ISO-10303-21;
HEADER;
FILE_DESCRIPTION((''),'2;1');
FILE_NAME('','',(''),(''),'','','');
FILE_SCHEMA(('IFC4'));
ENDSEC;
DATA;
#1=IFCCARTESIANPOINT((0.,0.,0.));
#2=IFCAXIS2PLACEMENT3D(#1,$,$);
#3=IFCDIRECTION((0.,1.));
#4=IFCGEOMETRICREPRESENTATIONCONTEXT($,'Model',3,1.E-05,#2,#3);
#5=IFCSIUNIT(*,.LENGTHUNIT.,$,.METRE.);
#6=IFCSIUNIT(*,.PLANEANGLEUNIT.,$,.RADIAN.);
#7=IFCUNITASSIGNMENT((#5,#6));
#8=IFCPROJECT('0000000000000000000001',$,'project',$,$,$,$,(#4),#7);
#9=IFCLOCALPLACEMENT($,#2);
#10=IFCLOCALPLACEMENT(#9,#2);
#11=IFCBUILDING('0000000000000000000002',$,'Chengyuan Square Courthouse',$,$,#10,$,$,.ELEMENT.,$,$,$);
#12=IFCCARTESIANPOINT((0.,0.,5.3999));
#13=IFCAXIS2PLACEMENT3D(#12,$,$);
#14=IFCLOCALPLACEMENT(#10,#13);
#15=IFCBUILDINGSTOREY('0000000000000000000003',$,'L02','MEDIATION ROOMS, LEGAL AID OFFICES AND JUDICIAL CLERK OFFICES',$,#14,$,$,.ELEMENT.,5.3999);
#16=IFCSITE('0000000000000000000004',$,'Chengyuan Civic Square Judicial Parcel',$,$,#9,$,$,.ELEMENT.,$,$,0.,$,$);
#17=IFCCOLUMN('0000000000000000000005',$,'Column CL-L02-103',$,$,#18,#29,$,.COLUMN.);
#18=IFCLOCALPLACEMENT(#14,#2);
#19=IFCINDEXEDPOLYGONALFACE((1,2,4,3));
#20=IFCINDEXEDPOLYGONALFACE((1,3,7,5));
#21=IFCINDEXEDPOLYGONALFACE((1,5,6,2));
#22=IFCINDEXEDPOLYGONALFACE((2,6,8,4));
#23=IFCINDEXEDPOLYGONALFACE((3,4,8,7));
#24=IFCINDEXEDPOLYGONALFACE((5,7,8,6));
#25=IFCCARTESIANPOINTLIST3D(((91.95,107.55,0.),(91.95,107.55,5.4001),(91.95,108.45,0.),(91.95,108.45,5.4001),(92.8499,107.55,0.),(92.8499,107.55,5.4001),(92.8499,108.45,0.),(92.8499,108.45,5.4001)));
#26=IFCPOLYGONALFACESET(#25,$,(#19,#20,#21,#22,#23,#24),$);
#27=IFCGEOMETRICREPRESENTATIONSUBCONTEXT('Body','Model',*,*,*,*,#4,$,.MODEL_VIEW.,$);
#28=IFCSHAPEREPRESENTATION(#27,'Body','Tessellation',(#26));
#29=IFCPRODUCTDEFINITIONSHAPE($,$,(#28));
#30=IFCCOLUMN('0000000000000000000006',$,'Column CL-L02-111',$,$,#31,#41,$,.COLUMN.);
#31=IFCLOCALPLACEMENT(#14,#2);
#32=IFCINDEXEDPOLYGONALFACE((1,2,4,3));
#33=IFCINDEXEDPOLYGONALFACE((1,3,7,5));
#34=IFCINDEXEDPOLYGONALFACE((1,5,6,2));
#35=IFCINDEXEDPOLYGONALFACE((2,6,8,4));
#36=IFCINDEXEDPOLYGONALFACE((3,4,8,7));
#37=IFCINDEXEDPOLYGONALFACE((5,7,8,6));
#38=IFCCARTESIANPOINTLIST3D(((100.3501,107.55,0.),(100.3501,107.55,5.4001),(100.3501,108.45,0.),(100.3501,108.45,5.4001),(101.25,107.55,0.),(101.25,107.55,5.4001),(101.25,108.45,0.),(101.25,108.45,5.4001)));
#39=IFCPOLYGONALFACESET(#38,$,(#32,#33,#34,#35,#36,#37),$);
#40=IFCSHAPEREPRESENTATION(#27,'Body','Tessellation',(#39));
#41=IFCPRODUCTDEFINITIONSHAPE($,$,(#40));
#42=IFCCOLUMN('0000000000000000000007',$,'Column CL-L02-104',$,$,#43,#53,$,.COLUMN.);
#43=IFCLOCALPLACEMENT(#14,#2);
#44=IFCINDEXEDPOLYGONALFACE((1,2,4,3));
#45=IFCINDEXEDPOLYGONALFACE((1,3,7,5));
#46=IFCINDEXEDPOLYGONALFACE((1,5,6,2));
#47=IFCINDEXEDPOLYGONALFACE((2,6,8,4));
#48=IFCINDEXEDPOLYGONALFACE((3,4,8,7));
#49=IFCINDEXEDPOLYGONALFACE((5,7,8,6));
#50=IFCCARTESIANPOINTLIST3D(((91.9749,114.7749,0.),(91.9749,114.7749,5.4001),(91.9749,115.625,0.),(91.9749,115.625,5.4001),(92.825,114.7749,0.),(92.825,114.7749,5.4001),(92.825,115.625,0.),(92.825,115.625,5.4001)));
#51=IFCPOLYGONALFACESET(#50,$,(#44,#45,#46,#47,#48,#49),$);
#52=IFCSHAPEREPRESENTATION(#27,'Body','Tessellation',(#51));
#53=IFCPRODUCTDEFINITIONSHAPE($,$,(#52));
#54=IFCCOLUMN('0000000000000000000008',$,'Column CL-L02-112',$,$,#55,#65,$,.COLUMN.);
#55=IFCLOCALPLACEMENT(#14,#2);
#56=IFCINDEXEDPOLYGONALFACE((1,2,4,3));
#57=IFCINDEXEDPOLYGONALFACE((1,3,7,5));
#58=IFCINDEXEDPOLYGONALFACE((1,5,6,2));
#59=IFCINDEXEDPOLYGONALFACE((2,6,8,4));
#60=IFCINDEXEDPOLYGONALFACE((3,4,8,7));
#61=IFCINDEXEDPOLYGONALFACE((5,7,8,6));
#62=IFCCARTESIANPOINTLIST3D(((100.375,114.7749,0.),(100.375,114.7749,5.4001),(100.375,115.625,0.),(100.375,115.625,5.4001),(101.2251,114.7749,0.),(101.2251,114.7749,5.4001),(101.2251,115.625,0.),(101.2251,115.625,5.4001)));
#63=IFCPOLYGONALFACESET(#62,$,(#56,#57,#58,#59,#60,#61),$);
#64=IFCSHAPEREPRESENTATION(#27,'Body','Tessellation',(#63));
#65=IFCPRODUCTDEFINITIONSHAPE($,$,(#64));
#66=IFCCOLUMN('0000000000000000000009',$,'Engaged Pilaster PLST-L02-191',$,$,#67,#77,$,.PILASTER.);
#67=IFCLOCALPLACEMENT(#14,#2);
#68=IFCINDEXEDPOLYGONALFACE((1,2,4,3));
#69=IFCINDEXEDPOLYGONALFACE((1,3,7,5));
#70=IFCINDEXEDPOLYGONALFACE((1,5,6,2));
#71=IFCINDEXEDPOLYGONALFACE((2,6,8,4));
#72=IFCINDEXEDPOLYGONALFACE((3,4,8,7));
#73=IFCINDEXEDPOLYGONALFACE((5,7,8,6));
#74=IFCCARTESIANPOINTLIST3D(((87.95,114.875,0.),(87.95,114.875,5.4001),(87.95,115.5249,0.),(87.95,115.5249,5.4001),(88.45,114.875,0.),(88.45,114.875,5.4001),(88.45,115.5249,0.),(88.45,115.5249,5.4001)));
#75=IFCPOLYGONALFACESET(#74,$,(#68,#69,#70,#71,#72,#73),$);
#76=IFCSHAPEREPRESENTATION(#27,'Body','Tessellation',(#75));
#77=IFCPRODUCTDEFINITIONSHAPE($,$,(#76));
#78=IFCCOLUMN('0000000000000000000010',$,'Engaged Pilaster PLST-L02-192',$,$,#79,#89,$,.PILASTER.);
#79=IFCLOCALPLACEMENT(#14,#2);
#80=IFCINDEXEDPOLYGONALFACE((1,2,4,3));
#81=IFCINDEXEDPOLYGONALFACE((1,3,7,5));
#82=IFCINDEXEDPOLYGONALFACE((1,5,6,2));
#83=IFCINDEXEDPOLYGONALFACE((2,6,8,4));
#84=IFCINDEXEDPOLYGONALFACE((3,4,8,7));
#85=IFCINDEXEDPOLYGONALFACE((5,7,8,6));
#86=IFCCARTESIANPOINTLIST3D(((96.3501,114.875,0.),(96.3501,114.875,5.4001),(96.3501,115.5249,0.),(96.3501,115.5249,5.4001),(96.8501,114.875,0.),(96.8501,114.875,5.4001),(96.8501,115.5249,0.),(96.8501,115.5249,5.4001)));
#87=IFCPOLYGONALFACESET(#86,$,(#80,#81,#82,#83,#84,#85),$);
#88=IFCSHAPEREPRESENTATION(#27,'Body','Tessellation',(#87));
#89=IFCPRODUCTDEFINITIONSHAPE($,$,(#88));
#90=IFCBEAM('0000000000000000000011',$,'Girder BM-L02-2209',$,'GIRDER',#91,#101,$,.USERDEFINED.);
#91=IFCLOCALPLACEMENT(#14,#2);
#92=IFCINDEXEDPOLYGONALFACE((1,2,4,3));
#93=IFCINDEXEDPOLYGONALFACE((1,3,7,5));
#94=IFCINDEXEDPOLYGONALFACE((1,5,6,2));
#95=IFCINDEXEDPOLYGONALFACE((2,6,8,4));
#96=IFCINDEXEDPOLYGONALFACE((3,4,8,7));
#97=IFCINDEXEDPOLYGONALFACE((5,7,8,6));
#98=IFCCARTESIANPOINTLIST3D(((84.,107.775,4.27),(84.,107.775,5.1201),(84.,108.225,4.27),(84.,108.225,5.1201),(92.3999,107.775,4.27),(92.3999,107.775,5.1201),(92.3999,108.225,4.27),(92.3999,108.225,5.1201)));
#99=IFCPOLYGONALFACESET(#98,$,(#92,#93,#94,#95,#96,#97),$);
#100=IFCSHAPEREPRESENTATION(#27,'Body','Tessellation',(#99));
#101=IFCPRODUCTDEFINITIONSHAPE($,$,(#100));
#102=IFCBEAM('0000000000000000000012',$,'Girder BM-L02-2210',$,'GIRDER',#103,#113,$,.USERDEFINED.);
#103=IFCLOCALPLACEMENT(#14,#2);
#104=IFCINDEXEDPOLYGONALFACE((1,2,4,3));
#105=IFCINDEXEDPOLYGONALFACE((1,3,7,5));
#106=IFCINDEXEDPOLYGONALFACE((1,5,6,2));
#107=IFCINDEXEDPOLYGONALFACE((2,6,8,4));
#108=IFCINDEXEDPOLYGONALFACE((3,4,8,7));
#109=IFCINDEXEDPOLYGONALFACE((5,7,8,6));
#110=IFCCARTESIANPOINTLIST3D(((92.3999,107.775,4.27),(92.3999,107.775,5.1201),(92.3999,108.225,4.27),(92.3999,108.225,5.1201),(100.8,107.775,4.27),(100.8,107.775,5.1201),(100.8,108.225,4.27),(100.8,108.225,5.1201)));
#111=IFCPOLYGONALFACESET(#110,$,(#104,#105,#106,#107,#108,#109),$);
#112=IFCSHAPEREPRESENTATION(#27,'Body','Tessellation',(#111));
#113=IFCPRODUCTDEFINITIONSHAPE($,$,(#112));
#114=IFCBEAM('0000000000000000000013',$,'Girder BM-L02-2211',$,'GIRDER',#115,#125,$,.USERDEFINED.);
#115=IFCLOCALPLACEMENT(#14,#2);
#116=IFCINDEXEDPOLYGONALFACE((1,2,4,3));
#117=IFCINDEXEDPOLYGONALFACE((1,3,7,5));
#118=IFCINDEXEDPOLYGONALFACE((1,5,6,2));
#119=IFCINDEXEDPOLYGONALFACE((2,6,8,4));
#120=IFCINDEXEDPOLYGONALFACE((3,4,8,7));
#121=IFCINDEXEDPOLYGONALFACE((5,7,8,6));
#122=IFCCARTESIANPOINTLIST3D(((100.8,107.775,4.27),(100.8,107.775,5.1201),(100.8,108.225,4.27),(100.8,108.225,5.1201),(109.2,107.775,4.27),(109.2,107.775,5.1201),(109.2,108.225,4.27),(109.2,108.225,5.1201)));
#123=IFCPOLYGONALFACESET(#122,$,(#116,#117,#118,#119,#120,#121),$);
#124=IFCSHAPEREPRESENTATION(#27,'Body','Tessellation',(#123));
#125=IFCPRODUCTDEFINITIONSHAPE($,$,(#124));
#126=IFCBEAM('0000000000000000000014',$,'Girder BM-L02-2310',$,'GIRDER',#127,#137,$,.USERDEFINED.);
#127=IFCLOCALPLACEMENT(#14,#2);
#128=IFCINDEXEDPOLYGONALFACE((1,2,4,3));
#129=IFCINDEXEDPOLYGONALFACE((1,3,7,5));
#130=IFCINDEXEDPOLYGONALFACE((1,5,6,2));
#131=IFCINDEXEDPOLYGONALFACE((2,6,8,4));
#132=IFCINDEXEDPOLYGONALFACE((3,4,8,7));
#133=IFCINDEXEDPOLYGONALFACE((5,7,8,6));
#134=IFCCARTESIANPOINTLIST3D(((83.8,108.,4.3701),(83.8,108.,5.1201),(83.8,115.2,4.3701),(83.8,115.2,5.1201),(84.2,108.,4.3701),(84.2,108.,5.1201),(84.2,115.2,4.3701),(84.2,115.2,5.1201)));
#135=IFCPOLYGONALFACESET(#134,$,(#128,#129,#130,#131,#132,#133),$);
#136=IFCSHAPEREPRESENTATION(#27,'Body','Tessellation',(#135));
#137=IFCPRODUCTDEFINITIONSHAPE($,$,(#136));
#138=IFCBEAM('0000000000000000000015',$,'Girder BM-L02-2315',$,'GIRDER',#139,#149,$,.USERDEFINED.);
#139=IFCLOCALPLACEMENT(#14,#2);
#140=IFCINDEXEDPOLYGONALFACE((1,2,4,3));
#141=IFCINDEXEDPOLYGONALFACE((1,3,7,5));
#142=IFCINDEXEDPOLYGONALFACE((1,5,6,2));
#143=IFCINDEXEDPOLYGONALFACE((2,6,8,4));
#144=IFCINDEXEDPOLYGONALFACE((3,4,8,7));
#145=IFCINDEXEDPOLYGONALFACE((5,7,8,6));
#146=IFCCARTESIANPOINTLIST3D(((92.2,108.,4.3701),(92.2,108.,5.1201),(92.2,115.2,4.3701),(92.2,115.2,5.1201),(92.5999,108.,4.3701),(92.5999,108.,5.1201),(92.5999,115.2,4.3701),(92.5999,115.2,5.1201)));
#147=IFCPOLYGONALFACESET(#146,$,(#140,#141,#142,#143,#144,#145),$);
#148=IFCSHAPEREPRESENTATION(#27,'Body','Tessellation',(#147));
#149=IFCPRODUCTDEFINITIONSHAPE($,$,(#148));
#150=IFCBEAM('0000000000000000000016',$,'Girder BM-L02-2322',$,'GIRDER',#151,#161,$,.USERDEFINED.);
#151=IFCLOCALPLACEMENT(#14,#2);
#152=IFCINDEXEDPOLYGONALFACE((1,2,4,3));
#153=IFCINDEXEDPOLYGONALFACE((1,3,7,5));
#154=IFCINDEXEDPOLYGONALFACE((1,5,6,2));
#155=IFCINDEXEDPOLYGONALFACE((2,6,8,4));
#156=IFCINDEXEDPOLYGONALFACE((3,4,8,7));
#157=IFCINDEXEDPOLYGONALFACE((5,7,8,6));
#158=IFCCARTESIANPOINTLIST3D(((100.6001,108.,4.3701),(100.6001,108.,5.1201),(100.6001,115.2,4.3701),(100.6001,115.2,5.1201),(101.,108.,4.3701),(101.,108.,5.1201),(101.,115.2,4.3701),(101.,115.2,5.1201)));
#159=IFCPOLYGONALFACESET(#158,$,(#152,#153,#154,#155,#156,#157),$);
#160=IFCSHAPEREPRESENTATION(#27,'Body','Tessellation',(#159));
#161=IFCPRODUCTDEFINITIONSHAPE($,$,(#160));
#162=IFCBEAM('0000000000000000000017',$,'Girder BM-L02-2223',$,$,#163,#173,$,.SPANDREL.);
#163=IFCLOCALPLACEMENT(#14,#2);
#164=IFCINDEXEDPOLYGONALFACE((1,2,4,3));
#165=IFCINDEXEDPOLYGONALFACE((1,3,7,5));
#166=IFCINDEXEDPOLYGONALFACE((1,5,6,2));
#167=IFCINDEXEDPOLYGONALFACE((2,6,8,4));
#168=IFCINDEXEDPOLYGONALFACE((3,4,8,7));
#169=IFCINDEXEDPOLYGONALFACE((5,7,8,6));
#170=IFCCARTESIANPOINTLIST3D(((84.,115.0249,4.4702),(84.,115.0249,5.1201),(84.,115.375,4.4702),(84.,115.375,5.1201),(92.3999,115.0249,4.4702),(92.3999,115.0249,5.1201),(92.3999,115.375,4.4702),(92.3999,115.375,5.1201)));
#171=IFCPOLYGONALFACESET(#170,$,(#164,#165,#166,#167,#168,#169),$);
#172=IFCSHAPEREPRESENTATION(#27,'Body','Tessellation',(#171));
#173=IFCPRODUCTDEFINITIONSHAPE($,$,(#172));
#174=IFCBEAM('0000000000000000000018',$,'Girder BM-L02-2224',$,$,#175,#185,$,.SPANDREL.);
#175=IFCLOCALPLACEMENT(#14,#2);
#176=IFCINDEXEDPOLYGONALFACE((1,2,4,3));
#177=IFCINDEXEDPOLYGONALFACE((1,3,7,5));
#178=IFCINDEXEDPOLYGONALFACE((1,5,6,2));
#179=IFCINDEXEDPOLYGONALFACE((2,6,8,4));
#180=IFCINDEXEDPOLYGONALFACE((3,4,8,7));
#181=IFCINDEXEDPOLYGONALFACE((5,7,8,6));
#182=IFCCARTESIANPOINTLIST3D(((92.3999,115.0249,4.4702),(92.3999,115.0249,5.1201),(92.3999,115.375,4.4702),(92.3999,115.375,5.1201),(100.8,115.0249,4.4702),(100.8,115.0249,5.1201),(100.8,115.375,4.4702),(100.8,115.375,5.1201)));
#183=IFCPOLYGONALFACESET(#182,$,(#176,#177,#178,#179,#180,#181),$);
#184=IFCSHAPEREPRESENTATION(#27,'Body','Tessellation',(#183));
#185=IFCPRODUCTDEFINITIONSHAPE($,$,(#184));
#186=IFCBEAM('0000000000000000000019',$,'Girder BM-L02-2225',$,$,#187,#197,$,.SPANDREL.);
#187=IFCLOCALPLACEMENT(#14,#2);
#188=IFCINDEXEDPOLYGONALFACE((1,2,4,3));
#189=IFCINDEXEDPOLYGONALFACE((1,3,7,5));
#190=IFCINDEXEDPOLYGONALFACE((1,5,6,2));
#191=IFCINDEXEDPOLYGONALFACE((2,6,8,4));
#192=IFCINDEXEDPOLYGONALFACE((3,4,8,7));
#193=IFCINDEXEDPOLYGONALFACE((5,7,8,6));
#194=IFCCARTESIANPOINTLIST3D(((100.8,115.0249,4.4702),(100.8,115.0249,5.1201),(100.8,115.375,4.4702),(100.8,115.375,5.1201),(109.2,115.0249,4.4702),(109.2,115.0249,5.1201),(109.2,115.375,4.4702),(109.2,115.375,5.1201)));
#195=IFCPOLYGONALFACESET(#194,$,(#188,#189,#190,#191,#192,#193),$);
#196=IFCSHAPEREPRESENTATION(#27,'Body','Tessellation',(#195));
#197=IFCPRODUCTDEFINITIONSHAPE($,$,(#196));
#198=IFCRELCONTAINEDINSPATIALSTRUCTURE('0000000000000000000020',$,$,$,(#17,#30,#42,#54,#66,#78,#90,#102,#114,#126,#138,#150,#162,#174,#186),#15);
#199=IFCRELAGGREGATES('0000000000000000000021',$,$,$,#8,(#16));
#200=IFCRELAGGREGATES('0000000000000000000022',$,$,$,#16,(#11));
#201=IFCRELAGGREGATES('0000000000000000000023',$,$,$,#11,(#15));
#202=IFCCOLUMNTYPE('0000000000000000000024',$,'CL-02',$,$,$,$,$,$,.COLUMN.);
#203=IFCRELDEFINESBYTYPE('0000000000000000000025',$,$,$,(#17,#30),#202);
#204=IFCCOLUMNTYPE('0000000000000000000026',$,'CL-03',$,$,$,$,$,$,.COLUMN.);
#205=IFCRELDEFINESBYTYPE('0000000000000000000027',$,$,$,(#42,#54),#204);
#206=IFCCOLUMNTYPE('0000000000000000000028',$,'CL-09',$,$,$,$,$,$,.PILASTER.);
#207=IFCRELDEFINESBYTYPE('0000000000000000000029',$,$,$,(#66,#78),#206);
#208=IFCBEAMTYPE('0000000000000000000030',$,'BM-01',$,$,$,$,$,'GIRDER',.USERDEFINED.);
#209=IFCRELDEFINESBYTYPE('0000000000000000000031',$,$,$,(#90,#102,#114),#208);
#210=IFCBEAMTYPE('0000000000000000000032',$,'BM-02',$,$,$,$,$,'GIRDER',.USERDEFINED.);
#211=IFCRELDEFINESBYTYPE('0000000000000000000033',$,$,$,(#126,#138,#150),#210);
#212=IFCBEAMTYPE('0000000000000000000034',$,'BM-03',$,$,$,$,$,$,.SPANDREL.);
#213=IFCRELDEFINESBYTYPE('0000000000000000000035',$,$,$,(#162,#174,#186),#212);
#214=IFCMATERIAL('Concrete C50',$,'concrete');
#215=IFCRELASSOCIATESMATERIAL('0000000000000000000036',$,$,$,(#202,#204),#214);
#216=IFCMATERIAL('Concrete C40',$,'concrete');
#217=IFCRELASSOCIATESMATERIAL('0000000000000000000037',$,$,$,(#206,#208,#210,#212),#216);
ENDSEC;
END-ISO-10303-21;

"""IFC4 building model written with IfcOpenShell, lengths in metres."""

from ifc_helpers import new_model, si_unit, direction, frame, origin, origin_2d, place, context, subcontext, project, spatial, rectangle, extrude, material, material_profile, profile_set, type_object, element, save


model = new_model("IFC4")

# Units and contexts
model_context = context("Model", 3, precision=1e-05, world=origin(), true_north=direction((0.0, 1.0)))
body_context = subcontext(model_context, "Body", "Model", "MODEL_VIEW")
ifc_project = project(units=[si_unit("LENGTHUNIT", "METRE"), si_unit("PLANEANGLEUNIT", "RADIAN")], contexts=[model_context])

# Site, building, storey
site_placement = place(None, origin())
site = spatial("IfcSite", under=ifc_project, at=site_placement, Name="Chengyuan Civic Square Judicial Parcel", CompositionType="ELEMENT", RefElevation=0.0)
building_placement = place(site_placement, origin())
building = spatial("IfcBuilding", under=site, at=building_placement, Name="Chengyuan Square Courthouse", CompositionType="ELEMENT")
storey_placement = place(building_placement, frame((0.0, 0.0, 5.3999)))
storey = spatial("IfcBuildingStorey", under=building, at=storey_placement, Name="L02", Description="MEDIATION ROOMS, LEGAL AID OFFICES AND JUDICIAL CLERK OFFICES", CompositionType="ELEMENT", Elevation=5.3999)

# Columns
ifc_material_1 = material(Name="Concrete C50", Category="concrete")
ifc_material_profile_1 = material_profile(ifc_material_1, rectangle(XDim=0.8999, YDim=0.8999, at=origin_2d()), Name="RC-COL-900x900")
ifc_profile_set_1 = profile_set([ifc_material_profile_1], Name="Concrete C50")
column_type_1 = type_object("IfcColumnType", Name="CL-02", PredefinedType="COLUMN", material=ifc_profile_set_1)
for number, where, z_axis, x_axis, name in (
    (1, (92.3999, 108.0, 0.0), (0.0, 0.0, 1.0), (1.0, 0.0, 0.0), "Column CL-L02-103"),
    (2, (100.8, 108.0, 0.0), (0.0, 0.0, 1.0), (1.0, 0.0, 0.0), "Column CL-L02-111"),
):
    element("IfcColumn", number, at=place(storey_placement, frame(where, z_axis=z_axis, x_axis=x_axis)), inside=storey, type_object=column_type_1, Name=name, PredefinedType="COLUMN", context=body_context, shape_type="SweptSolid", body=[
        extrude(rectangle(XDim=0.8999, YDim=0.8999, at=origin_2d()), origin(), (0.0, 0.0, 1.0), 5.4001),
    ])
ifc_material_profile_2 = material_profile(ifc_material_1, rectangle(XDim=0.8501, YDim=0.8501, at=origin_2d()), Name="RC-COL-850x850")
ifc_profile_set_2 = profile_set([ifc_material_profile_2], Name="Concrete C50")
column_type_2 = type_object("IfcColumnType", Name="CL-03", PredefinedType="COLUMN", material=ifc_profile_set_2)
for number, where, z_axis, x_axis, name in (
    (3, (92.3999, 115.2, 0.0), (0.0, 0.0, 1.0), (1.0, 0.0, 0.0), "Column CL-L02-104"),
    (4, (100.8, 115.2, 0.0), (0.0, 0.0, 1.0), (1.0, 0.0, 0.0), "Column CL-L02-112"),
):
    element("IfcColumn", number, at=place(storey_placement, frame(where, z_axis=z_axis, x_axis=x_axis)), inside=storey, type_object=column_type_2, Name=name, PredefinedType="COLUMN", context=body_context, shape_type="SweptSolid", body=[
        extrude(rectangle(XDim=0.8501, YDim=0.8501, at=origin_2d()), origin(), (0.0, 0.0, 1.0), 5.4001),
    ])
ifc_material_2 = material(Name="Concrete C40", Category="concrete")
ifc_material_profile_3 = material_profile(ifc_material_2, rectangle(XDim=0.5, YDim=0.6499, at=origin_2d()), Name="RC-PIL-500x650")
ifc_profile_set_3 = profile_set([ifc_material_profile_3], Name="Concrete C40")
column_type_3 = type_object("IfcColumnType", Name="CL-09", PredefinedType="PILASTER", material=ifc_profile_set_3)
for number, where, z_axis, x_axis, name in (
    (5, (88.2, 115.2, 0.0), (0.0, 0.0, 1.0), (1.0, 0.0, 0.0), "Engaged Pilaster PLST-L02-191"),
    (6, (96.6001, 115.2, 0.0), (0.0, 0.0, 1.0), (1.0, 0.0, 0.0), "Engaged Pilaster PLST-L02-192"),
):
    element("IfcColumn", number, at=place(storey_placement, frame(where, z_axis=z_axis, x_axis=x_axis)), inside=storey, type_object=column_type_3, Name=name, PredefinedType="PILASTER", context=body_context, shape_type="SweptSolid", body=[
        extrude(rectangle(XDim=0.5, YDim=0.6499, at=origin_2d()), origin(), (0.0, 0.0, 1.0), 5.4001),
    ])

# Beams
ifc_material_profile_4 = material_profile(ifc_material_2, rectangle(XDim=0.45, YDim=0.8501, at=origin_2d()), Name="RC-BM-450x850")
ifc_profile_set_4 = profile_set([ifc_material_profile_4], Name="Concrete C40")
beam_type_1 = type_object("IfcBeamType", Name="BM-01", ElementType="GIRDER", PredefinedType="USERDEFINED", material=ifc_profile_set_4)
beam_1_placement = place(storey_placement, frame((84.0, 108.0, 4.6951), z_axis=(1.0, 0.0, 0.0), x_axis=(0.0, 1.0, 0.0)))
element("IfcBeam", 7, at=beam_1_placement, inside=storey, type_object=beam_type_1, Name="Girder BM-L02-2209", ObjectType="GIRDER", PredefinedType="USERDEFINED", context=body_context, shape_type="SweptSolid", body=[
    extrude(rectangle(XDim=0.45, YDim=0.8501, at=origin_2d()), origin(), (0.0, 0.0, 1.0), 8.3999),
])
beam_2_placement = place(storey_placement, frame((92.3999, 108.0, 4.6951), z_axis=(1.0, 0.0, 0.0), x_axis=(0.0, 1.0, 0.0)))
element("IfcBeam", 8, at=beam_2_placement, inside=storey, type_object=beam_type_1, Name="Girder BM-L02-2210", ObjectType="GIRDER", PredefinedType="USERDEFINED", context=body_context, shape_type="SweptSolid", body=[
    extrude(rectangle(XDim=0.45, YDim=0.8501, at=origin_2d()), origin(), (0.0, 0.0, 1.0), 8.4001),
])
beam_3_placement = place(storey_placement, frame((100.8, 108.0, 4.6951), z_axis=(1.0, 0.0, 0.0), x_axis=(0.0, 1.0, 0.0)))
element("IfcBeam", 9, at=beam_3_placement, inside=storey, type_object=beam_type_1, Name="Girder BM-L02-2211", ObjectType="GIRDER", PredefinedType="USERDEFINED", context=body_context, shape_type="SweptSolid", body=[
    extrude(rectangle(XDim=0.45, YDim=0.8501, at=origin_2d()), origin(), (0.0, 0.0, 1.0), 8.3999),
])
ifc_material_profile_5 = material_profile(ifc_material_2, rectangle(XDim=0.3999, YDim=0.75, at=origin_2d()), Name="RC-BM-400x750")
ifc_profile_set_5 = profile_set([ifc_material_profile_5], Name="Concrete C40")
beam_type_2 = type_object("IfcBeamType", Name="BM-02", ElementType="GIRDER", PredefinedType="USERDEFINED", material=ifc_profile_set_5)
for number, where, z_axis, x_axis, name in (
    (10, (84.0, 108.0, 4.7451), (0.0, 1.0, 0.0), (-1.0, 0.0, 0.0), "Girder BM-L02-2310"),
    (11, (92.3999, 108.0, 4.7451), (0.0, 1.0, 0.0), (-1.0, 0.0, 0.0), "Girder BM-L02-2315"),
    (12, (100.8, 108.0, 4.7451), (0.0, 1.0, 0.0), (-1.0, 0.0, 0.0), "Girder BM-L02-2322"),
):
    element("IfcBeam", number, at=place(storey_placement, frame(where, z_axis=z_axis, x_axis=x_axis)), inside=storey, type_object=beam_type_2, Name=name, ObjectType="GIRDER", PredefinedType="USERDEFINED", context=body_context, shape_type="SweptSolid", body=[
        extrude(rectangle(XDim=0.3999, YDim=0.75, at=origin_2d()), origin(), (0.0, 0.0, 1.0), 7.2),
    ])
ifc_material_profile_6 = material_profile(ifc_material_2, rectangle(XDim=0.3501, YDim=0.6499, at=origin_2d()), Name="RC-BM-350x650")
ifc_profile_set_6 = profile_set([ifc_material_profile_6], Name="Concrete C40")
beam_type_3 = type_object("IfcBeamType", Name="BM-03", PredefinedType="SPANDREL", material=ifc_profile_set_6)
beam_4_placement = place(storey_placement, frame((84.0, 115.2, 4.7952), z_axis=(1.0, 0.0, 0.0), x_axis=(0.0, 1.0, 0.0)))
element("IfcBeam", 13, at=beam_4_placement, inside=storey, type_object=beam_type_3, Name="Girder BM-L02-2223", PredefinedType="SPANDREL", context=body_context, shape_type="SweptSolid", body=[
    extrude(rectangle(XDim=0.3501, YDim=0.6499, at=origin_2d()), origin(), (0.0, 0.0, 1.0), 8.3999),
])
beam_5_placement = place(storey_placement, frame((92.3999, 115.2, 4.7952), z_axis=(1.0, 0.0, 0.0), x_axis=(0.0, 1.0, 0.0)))
element("IfcBeam", 14, at=beam_5_placement, inside=storey, type_object=beam_type_3, Name="Girder BM-L02-2224", PredefinedType="SPANDREL", context=body_context, shape_type="SweptSolid", body=[
    extrude(rectangle(XDim=0.3501, YDim=0.6499, at=origin_2d()), origin(), (0.0, 0.0, 1.0), 8.4001),
])
beam_6_placement = place(storey_placement, frame((100.8, 115.2, 4.7952), z_axis=(1.0, 0.0, 0.0), x_axis=(0.0, 1.0, 0.0)))
element("IfcBeam", 15, at=beam_6_placement, inside=storey, type_object=beam_type_3, Name="Girder BM-L02-2225", PredefinedType="SPANDREL", context=body_context, shape_type="SweptSolid", body=[
    extrude(rectangle(XDim=0.3501, YDim=0.6499, at=origin_2d()), origin(), (0.0, 0.0, 1.0), 8.3999),
])

save(model, "model.ifc")
